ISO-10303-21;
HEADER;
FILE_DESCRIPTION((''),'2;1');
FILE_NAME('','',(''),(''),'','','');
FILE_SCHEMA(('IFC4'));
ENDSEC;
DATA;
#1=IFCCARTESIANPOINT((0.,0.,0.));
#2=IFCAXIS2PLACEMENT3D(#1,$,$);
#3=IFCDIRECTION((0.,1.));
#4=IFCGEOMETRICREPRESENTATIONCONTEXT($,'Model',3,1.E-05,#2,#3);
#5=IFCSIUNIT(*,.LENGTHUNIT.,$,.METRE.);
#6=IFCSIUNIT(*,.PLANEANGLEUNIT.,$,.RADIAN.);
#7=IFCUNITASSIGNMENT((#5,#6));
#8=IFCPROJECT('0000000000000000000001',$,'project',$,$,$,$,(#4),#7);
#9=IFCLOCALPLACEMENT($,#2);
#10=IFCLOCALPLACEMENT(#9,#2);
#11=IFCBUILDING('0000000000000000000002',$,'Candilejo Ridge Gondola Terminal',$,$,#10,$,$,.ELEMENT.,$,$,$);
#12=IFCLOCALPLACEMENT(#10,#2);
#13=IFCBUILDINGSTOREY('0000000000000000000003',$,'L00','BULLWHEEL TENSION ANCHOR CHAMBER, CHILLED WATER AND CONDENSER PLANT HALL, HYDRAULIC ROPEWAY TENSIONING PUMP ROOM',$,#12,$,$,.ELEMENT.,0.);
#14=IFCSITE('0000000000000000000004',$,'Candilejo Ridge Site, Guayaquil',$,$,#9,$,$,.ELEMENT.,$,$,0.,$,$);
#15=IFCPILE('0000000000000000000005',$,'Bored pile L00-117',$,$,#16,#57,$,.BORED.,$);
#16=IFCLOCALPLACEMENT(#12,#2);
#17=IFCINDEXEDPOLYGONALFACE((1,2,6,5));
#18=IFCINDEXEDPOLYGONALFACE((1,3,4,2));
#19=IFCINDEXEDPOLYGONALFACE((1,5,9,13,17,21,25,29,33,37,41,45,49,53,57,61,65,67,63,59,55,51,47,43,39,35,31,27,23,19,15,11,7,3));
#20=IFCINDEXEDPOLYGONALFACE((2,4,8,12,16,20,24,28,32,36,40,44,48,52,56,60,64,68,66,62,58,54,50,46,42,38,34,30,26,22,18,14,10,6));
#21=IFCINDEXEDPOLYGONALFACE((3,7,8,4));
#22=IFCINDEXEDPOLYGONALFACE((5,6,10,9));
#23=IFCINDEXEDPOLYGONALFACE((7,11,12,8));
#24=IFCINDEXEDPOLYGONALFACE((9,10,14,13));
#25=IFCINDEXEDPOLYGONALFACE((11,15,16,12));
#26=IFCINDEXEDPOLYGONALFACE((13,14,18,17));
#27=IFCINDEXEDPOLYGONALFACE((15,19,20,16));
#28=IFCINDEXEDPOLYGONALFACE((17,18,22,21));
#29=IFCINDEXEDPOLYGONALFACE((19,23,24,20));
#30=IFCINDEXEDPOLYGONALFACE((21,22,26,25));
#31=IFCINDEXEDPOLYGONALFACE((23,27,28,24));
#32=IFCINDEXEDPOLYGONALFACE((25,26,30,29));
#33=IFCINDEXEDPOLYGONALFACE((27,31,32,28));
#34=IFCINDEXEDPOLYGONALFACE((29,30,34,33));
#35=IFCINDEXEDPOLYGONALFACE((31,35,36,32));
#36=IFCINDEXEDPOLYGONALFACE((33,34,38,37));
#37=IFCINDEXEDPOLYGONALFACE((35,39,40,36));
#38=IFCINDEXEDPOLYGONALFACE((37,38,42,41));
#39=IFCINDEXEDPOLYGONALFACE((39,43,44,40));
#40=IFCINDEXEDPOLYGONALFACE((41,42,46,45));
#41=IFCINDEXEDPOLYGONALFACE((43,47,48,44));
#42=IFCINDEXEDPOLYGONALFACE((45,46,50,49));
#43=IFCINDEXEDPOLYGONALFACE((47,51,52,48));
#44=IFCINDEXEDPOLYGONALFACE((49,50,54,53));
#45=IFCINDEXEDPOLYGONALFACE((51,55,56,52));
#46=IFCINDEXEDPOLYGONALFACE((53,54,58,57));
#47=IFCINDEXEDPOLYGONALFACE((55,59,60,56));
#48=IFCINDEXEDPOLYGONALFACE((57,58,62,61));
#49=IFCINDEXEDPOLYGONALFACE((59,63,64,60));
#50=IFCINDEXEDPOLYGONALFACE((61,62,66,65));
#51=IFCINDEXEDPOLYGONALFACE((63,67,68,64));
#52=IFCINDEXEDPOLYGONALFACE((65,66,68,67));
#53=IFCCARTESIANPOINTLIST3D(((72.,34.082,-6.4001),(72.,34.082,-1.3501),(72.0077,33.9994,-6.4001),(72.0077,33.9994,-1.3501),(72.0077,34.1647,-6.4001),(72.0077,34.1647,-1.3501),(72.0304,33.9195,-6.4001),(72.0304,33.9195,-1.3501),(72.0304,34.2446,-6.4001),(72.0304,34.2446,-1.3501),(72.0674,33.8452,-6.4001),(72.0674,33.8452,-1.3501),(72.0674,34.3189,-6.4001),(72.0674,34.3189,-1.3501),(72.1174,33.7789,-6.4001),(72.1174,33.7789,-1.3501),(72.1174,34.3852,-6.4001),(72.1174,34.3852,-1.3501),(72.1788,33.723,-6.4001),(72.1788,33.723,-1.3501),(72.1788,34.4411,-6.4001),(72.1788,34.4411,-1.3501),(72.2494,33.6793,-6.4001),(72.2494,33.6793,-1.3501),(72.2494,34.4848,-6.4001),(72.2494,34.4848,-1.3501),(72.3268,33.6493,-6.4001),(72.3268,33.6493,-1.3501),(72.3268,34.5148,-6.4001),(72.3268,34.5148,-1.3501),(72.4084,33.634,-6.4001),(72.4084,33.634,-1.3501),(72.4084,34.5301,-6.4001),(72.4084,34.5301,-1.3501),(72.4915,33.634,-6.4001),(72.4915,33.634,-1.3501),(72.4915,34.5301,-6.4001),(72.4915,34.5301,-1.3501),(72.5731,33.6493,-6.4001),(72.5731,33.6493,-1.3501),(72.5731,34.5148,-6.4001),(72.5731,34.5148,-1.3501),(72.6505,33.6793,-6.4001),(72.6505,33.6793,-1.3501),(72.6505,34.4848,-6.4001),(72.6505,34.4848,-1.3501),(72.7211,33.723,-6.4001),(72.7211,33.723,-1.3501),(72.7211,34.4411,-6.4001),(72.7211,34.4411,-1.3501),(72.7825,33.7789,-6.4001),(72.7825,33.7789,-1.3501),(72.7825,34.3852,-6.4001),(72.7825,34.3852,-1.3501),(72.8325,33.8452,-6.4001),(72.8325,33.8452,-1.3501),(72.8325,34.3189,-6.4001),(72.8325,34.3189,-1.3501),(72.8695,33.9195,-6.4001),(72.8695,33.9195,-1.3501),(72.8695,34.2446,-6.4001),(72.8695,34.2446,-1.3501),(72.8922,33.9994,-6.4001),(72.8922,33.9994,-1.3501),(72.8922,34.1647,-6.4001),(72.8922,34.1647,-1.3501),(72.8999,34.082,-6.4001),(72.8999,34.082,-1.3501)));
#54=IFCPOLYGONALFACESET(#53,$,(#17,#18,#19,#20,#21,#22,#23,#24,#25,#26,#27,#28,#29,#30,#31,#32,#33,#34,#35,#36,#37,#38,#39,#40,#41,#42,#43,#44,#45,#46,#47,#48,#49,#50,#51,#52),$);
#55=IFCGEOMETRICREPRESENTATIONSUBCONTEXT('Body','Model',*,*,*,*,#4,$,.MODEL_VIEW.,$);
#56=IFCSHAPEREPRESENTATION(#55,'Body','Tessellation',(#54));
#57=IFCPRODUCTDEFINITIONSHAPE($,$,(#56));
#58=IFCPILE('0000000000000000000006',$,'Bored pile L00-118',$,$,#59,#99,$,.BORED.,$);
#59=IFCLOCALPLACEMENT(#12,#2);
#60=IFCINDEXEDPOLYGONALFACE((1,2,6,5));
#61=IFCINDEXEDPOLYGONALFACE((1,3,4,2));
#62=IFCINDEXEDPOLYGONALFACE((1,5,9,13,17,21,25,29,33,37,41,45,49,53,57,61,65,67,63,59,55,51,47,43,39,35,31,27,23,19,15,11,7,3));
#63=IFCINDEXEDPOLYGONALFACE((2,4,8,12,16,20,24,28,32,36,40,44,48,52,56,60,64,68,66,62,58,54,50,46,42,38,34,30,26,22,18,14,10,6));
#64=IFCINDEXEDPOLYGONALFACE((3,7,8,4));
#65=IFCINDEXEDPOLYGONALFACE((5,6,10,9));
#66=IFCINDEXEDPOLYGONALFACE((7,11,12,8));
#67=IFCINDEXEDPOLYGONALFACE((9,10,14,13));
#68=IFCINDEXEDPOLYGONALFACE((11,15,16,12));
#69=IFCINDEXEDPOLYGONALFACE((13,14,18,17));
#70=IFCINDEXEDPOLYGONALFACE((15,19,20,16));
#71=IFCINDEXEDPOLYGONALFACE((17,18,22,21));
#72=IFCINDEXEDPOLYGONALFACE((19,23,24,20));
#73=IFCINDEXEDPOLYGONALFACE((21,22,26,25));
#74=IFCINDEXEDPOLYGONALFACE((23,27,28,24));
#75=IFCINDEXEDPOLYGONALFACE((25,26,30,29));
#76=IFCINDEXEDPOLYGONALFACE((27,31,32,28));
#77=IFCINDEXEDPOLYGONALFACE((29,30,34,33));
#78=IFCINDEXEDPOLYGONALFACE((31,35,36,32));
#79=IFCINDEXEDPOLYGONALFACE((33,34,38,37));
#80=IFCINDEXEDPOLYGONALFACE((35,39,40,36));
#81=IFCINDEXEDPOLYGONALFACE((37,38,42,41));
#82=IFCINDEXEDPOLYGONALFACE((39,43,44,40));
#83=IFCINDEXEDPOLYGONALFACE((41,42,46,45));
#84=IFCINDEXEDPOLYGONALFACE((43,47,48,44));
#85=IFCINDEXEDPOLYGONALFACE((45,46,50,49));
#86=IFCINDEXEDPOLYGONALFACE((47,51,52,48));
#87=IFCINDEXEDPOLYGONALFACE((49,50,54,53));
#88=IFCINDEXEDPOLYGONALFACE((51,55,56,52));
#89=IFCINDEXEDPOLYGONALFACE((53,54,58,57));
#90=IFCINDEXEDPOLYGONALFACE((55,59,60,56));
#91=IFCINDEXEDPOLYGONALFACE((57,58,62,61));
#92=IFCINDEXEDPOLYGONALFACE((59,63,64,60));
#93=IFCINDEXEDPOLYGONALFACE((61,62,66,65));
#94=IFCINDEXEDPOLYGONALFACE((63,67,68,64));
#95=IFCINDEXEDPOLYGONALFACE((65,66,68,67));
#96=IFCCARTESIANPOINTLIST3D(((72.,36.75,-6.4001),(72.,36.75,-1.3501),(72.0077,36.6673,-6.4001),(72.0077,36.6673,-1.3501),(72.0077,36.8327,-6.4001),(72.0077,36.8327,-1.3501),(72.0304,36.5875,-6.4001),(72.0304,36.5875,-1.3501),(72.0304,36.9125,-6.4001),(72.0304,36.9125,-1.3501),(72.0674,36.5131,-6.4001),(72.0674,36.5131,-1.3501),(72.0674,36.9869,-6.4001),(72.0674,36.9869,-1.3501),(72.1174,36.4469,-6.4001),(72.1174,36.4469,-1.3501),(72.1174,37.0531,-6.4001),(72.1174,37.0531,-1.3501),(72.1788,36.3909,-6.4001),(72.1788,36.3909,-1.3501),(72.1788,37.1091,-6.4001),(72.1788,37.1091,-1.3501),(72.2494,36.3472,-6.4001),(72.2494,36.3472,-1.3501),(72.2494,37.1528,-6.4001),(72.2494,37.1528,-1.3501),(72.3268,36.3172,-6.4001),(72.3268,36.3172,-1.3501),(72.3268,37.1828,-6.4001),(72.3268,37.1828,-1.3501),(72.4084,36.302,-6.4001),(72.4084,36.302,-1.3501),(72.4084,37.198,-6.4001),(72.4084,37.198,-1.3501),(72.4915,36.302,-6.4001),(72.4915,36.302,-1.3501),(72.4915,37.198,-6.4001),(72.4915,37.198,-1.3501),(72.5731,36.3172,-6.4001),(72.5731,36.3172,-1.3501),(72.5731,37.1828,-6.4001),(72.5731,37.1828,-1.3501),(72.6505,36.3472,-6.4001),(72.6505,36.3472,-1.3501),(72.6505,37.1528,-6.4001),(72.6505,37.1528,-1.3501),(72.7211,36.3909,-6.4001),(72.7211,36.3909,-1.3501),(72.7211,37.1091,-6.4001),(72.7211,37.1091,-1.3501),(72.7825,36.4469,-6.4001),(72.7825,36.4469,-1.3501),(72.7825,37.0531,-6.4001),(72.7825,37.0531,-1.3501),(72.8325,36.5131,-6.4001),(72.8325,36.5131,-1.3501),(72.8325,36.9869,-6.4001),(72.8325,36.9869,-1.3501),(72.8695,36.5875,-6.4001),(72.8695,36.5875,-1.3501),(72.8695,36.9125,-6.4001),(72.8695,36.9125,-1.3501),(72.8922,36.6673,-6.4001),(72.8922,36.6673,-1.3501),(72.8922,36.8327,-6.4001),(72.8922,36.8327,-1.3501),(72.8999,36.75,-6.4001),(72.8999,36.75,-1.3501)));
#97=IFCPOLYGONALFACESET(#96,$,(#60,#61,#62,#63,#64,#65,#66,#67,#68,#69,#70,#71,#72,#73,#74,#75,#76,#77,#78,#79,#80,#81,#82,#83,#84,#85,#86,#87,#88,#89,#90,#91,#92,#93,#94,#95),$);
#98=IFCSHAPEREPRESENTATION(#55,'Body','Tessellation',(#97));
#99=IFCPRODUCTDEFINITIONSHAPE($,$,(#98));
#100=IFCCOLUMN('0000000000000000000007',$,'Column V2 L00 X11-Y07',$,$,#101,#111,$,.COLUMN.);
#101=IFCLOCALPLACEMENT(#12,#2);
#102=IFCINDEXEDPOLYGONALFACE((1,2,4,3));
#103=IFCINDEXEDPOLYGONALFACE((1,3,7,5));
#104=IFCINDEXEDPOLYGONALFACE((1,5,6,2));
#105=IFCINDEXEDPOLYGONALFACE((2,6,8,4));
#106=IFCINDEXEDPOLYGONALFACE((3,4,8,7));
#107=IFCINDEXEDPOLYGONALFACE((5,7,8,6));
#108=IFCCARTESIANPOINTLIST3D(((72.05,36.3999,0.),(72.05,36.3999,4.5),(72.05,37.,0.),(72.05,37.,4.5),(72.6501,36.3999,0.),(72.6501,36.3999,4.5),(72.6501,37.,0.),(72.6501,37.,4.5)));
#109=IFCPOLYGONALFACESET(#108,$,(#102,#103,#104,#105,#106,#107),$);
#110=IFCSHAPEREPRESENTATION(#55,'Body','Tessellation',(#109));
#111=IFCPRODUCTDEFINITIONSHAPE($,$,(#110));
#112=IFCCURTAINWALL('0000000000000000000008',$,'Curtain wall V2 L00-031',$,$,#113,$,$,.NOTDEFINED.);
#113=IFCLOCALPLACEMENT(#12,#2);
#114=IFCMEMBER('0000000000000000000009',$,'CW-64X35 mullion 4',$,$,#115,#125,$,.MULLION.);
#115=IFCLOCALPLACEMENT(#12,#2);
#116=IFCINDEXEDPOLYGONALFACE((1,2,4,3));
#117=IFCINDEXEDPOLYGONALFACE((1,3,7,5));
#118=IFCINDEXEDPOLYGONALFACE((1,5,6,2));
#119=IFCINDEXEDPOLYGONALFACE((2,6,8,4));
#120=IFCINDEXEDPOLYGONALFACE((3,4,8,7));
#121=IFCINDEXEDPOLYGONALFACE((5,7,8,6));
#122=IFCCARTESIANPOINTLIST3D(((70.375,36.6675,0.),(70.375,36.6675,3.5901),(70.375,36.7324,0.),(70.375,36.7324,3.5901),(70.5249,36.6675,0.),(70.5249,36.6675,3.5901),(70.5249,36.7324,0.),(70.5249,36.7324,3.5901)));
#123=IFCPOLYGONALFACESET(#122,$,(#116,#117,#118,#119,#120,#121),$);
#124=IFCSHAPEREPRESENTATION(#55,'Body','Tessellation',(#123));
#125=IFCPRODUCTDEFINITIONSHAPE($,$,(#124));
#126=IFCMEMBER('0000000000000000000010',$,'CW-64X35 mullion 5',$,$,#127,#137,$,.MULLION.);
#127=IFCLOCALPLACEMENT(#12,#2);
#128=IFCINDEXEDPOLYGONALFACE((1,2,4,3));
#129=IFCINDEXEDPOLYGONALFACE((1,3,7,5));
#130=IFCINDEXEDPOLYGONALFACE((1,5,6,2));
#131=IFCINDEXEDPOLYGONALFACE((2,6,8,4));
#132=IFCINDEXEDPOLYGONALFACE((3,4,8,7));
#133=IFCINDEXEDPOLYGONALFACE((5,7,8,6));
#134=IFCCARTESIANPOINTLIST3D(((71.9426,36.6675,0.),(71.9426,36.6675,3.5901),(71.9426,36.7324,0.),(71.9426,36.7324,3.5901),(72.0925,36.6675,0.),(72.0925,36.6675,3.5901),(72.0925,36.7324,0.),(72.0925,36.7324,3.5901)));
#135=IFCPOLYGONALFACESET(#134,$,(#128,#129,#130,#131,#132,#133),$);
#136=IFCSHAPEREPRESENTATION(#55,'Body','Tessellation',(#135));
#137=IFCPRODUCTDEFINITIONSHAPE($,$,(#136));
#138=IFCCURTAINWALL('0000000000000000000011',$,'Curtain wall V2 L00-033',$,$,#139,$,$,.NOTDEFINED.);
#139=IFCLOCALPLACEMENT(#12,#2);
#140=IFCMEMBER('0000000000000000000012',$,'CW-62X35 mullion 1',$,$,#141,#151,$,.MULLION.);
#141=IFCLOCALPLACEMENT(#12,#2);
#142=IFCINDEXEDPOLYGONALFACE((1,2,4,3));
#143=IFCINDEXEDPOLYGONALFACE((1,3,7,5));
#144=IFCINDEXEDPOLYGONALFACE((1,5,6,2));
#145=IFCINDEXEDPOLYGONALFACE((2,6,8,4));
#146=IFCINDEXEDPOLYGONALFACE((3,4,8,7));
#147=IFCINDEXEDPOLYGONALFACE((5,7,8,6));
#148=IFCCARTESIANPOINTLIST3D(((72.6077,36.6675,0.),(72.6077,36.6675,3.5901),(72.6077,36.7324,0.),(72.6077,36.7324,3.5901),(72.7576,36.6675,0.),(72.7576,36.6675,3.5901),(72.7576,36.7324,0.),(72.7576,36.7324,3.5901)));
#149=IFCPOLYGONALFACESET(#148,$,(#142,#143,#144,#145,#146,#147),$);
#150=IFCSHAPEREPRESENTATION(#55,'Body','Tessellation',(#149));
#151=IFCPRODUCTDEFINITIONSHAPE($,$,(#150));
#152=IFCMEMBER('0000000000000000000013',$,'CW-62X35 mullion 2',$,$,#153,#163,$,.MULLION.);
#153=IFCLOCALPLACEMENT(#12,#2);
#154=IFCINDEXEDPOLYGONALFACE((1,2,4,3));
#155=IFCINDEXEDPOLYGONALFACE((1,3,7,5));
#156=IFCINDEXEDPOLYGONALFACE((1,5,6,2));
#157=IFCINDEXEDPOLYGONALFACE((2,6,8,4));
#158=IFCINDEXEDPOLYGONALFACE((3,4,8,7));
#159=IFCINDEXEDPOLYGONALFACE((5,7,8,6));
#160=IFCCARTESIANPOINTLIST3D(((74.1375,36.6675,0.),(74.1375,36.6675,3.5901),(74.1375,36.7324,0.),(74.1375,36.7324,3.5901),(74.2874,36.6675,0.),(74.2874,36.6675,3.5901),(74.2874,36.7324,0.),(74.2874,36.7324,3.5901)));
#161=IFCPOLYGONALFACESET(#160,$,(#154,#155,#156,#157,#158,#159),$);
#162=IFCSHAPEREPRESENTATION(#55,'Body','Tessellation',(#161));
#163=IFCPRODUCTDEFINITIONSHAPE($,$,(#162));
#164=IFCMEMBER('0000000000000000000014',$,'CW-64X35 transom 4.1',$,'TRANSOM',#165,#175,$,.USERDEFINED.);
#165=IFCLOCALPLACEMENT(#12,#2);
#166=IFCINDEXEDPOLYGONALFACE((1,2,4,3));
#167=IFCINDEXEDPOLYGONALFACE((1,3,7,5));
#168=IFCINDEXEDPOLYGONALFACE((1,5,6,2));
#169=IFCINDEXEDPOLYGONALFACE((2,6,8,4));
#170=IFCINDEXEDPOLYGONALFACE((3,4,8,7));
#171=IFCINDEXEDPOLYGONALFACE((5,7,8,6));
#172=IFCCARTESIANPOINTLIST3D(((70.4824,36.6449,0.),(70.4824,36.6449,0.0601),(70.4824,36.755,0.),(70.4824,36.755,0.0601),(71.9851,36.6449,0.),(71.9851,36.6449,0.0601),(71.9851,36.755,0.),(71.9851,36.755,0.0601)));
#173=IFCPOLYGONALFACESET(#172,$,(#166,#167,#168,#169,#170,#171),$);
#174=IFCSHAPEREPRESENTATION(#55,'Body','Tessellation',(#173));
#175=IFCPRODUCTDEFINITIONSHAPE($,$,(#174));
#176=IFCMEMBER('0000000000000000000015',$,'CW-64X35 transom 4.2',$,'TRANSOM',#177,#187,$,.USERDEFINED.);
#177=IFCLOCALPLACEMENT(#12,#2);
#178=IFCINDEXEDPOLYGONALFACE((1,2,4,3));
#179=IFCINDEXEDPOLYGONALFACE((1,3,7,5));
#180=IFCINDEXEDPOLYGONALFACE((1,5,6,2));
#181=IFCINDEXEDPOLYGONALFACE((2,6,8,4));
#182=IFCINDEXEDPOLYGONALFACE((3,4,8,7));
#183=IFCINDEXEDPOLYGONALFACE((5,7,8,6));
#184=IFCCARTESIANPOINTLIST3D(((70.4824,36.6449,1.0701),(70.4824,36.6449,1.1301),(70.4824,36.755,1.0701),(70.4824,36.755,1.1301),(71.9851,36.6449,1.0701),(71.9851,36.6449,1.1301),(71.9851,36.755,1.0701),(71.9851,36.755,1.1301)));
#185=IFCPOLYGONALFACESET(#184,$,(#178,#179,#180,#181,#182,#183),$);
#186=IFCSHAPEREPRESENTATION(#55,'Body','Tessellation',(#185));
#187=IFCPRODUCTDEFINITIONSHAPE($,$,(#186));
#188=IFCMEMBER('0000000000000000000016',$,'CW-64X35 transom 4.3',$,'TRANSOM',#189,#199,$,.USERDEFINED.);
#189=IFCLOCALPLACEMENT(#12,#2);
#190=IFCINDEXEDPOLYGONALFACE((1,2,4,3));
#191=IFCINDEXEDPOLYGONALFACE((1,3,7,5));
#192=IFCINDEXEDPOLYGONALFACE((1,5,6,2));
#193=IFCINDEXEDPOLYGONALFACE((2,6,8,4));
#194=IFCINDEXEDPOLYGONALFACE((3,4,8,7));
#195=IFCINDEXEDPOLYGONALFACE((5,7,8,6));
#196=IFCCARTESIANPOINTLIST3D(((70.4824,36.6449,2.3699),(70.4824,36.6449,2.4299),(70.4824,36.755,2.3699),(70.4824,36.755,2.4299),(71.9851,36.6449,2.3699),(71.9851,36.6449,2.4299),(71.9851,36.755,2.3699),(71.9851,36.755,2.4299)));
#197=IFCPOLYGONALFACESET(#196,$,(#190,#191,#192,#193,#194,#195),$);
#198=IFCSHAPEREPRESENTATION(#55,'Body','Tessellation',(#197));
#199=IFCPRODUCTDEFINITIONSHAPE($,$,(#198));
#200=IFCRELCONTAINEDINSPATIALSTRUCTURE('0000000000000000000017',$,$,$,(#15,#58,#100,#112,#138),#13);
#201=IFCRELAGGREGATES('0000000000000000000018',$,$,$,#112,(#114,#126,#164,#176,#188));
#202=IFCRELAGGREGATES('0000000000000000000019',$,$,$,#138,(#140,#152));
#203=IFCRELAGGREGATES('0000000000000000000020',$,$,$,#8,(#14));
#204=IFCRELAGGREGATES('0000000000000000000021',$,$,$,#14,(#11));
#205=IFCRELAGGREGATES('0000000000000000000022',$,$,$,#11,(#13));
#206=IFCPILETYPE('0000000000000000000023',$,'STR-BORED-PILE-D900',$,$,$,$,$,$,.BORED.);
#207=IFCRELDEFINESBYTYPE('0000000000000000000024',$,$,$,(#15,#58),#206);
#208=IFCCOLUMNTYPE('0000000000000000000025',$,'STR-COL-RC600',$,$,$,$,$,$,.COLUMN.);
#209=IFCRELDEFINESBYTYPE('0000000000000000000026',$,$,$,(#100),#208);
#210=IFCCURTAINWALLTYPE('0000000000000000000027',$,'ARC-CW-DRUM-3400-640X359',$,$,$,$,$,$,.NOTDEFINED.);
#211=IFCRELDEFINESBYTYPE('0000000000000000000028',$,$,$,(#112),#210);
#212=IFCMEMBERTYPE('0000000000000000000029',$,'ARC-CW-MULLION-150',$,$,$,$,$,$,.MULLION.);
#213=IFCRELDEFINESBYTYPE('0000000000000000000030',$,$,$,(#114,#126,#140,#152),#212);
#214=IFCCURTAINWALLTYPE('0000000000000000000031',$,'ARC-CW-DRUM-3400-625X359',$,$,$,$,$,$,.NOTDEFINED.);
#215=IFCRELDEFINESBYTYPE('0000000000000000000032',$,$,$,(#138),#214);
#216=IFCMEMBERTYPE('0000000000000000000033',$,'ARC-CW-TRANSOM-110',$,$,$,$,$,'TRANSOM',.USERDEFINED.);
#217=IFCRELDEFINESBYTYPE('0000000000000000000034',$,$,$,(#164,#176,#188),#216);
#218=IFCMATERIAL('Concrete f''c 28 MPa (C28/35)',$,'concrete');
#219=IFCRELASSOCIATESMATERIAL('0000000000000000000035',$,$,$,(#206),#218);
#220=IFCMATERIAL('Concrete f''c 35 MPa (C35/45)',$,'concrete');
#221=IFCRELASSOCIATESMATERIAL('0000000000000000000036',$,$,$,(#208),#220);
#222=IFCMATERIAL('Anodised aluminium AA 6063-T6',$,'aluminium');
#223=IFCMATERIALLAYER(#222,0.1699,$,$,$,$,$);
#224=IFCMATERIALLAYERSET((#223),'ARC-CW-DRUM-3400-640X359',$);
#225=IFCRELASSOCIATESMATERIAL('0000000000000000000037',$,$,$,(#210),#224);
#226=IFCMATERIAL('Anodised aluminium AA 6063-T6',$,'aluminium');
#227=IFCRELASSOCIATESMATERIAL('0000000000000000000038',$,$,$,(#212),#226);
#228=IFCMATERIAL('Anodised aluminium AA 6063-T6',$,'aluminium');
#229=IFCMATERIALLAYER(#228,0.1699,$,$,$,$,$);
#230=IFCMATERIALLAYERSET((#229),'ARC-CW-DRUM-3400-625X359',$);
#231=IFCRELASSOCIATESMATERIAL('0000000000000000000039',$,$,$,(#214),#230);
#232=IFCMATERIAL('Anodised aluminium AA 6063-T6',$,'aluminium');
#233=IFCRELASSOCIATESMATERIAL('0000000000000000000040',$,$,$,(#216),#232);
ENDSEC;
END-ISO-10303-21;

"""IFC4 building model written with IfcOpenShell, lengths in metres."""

from ifc_helpers import new_model, si_unit, direction, frame, origin, origin_2d, place, context, subcontext, project, spatial, rectangle, circle, extrude, material, layer, layer_set, material_profile, profile_set, type_object, element, aggregate, save


model = new_model("IFC4")

# Units and contexts
model_context = context("Model", 3, precision=1e-05, world=origin(), true_north=direction((0.0, 1.0)))
body_context = subcontext(model_context, "Body", "Model", "MODEL_VIEW")
ifc_project = project(units=[si_unit("LENGTHUNIT", "METRE"), si_unit("PLANEANGLEUNIT", "RADIAN")], contexts=[model_context])

# Site, building, storey
site_placement = place(None, origin())
site = spatial("IfcSite", under=ifc_project, at=site_placement, Name="Candilejo Ridge Site, Guayaquil", CompositionType="ELEMENT", RefElevation=0.0)
building_placement = place(site_placement, origin())
building = spatial("IfcBuilding", under=site, at=building_placement, Name="Candilejo Ridge Gondola Terminal", CompositionType="ELEMENT")
storey_placement = place(building_placement, origin())
storey = spatial("IfcBuildingStorey", under=building, at=storey_placement, Name="L00", Description="BULLWHEEL TENSION ANCHOR CHAMBER, CHILLED WATER AND CONDENSER PLANT HALL, HYDRAULIC ROPEWAY TENSIONING PUMP ROOM", CompositionType="ELEMENT", Elevation=0.0)

# Piles
ifc_material_1 = material(Name="Concrete f'c 28 MPa (C28/35)", Category="concrete")
ifc_material_profile_1 = material_profile(ifc_material_1, circle(Radius=0.45, at=origin_2d()))
ifc_profile_set_1 = profile_set([ifc_material_profile_1], Name="Concrete f'c 28 MPa (C28/35)")
pile_type = type_object("IfcPileType", Name="STR-BORED-PILE-D900", PredefinedType="BORED", material=ifc_profile_set_1)
for number, where, z_axis, x_axis, name in (
    (1, (72.45, 34.082, -1.3501), (0.0, 0.0, -1.0), (1.0, 0.0, 0.0), "Bored pile L00-117"),
    (2, (72.45, 36.75, -1.3501), (0.0, 0.0, -1.0), (1.0, 0.0, 0.0), "Bored pile L00-118"),
):
    element("IfcPile", number, at=place(storey_placement, frame(where, z_axis=z_axis, x_axis=x_axis)), inside=storey, type_object=pile_type, Name=name, PredefinedType="BORED", context=body_context, shape_type="SweptSolid", body=[
        extrude(circle(Radius=0.45, at=origin_2d()), origin(), (0.0, 0.0, 1.0), 5.05),
    ])

# Column
ifc_material_2 = material(Name="Concrete f'c 35 MPa (C35/45)", Category="concrete")
ifc_material_profile_2 = material_profile(ifc_material_2, rectangle(XDim=0.6001, YDim=0.6001, at=origin_2d()))
ifc_profile_set_2 = profile_set([ifc_material_profile_2], Name="Concrete f'c 35 MPa (C35/45)")
column_type = type_object("IfcColumnType", Name="STR-COL-RC600", PredefinedType="COLUMN", material=ifc_profile_set_2)
column_placement = place(storey_placement, frame((72.3501, 36.7, 0.0), z_axis=(0.0, 0.0, 1.0), x_axis=(1.0, 0.0, 0.0)))
element("IfcColumn", 3, at=column_placement, inside=storey, type_object=column_type, Name="Column V2 L00 X11-Y07", PredefinedType="COLUMN", context=body_context, shape_type="SweptSolid", body=[
    extrude(rectangle(XDim=0.6001, YDim=0.6001, at=origin_2d()), origin(), (0.0, 0.0, 1.0), 4.5),
])

# Curtain walls, members
ifc_material_3 = material(Name="Anodised aluminium AA 6063-T6", Category="aluminium")
ifc_layer_1 = layer(ifc_material_3, 0.1699)
ifc_layer_set_1 = layer_set([ifc_layer_1], Name="ARC-CW-DRUM-3400-640X359")
curtain_wall_type_1 = type_object("IfcCurtainWallType", Name="ARC-CW-DRUM-3400-640X359", PredefinedType="NOTDEFINED", material=ifc_layer_set_1)
curtain_wall_1_placement = place(storey_placement, origin())
curtain_wall_1 = element("IfcCurtainWall", 4, at=curtain_wall_1_placement, inside=storey, type_object=curtain_wall_type_1, Name="Curtain wall V2 L00-031", PredefinedType="NOTDEFINED")
ifc_material_4 = material(Name="Anodised aluminium AA 6063-T6", Category="aluminium")
ifc_material_profile_3 = material_profile(ifc_material_4, rectangle(XDim=0.0649, YDim=0.1499, at=origin_2d()))
ifc_profile_set_3 = profile_set([ifc_material_profile_3], Name="Anodised aluminium AA 6063-T6")
member_type_1 = type_object("IfcMemberType", Name="ARC-CW-MULLION-150", PredefinedType="MULLION", material=ifc_profile_set_3)
member_1_placement = place(storey_placement, frame((70.45, 36.7, 0.0), z_axis=(0.0, 0.0, 1.0), x_axis=(0.0, 1.0, 0.0)))
member_1 = element("IfcMember", 5, at=member_1_placement, type_object=member_type_1, Name="CW-64X35 mullion 4", PredefinedType="MULLION", context=body_context, shape_type="SweptSolid", body=[
    extrude(rectangle(XDim=0.0649, YDim=0.1499, at=origin_2d()), origin(), (0.0, 0.0, 1.0), 3.5901),
])
member_2_placement = place(storey_placement, frame((72.0176, 36.7, 0.0), z_axis=(0.0, 0.0, 1.0), x_axis=(0.0, 1.0, 0.0)))
member_2 = element("IfcMember", 6, at=member_2_placement, type_object=member_type_1, Name="CW-64X35 mullion 5", PredefinedType="MULLION", context=body_context, shape_type="SweptSolid", body=[
    extrude(rectangle(XDim=0.0649, YDim=0.1499, at=origin_2d()), origin(), (0.0, 0.0, 1.0), 3.5901),
])
ifc_material_5 = material(Name="Anodised aluminium AA 6063-T6", Category="aluminium")
ifc_layer_2 = layer(ifc_material_5, 0.1699)
ifc_layer_set_2 = layer_set([ifc_layer_2], Name="ARC-CW-DRUM-3400-625X359")
curtain_wall_type_2 = type_object("IfcCurtainWallType", Name="ARC-CW-DRUM-3400-625X359", PredefinedType="NOTDEFINED", material=ifc_layer_set_2)
curtain_wall_2_placement = place(storey_placement, origin())
curtain_wall_2 = element("IfcCurtainWall", 7, at=curtain_wall_2_placement, inside=storey, type_object=curtain_wall_type_2, Name="Curtain wall V2 L00-033", PredefinedType="NOTDEFINED")
member_3_placement = place(storey_placement, frame((72.6826, 36.7, 0.0), z_axis=(0.0, 0.0, 1.0), x_axis=(0.0, 1.0, 0.0)))
member_3 = element("IfcMember", 8, at=member_3_placement, type_object=member_type_1, Name="CW-62X35 mullion 1", PredefinedType="MULLION", context=body_context, shape_type="SweptSolid", body=[
    extrude(rectangle(XDim=0.0649, YDim=0.1499, at=origin_2d()), origin(), (0.0, 0.0, 1.0), 3.5901),
])
member_4_placement = place(storey_placement, frame((74.2124, 36.7, 0.0), z_axis=(0.0, 0.0, 1.0), x_axis=(0.0, 1.0, 0.0)))
member_4 = element("IfcMember", 9, at=member_4_placement, type_object=member_type_1, Name="CW-62X35 mullion 2", PredefinedType="MULLION", context=body_context, shape_type="SweptSolid", body=[
    extrude(rectangle(XDim=0.0649, YDim=0.1499, at=origin_2d()), origin(), (0.0, 0.0, 1.0), 3.5901),
])

# Members
ifc_material_6 = material(Name="Anodised aluminium AA 6063-T6", Category="aluminium")
ifc_material_profile_4 = material_profile(ifc_material_6, rectangle(XDim=0.1101, YDim=0.0601, at=origin_2d()))
ifc_profile_set_4 = profile_set([ifc_material_profile_4], Name="Anodised aluminium AA 6063-T6")
member_type_2 = type_object("IfcMemberType", Name="ARC-CW-TRANSOM-110", ElementType="TRANSOM", PredefinedType="USERDEFINED", material=ifc_profile_set_4)
member_5_placement = place(storey_placement, frame((70.4824, 36.7, 0.03), z_axis=(1.0, 0.0, 0.0), x_axis=(0.0, 1.0, 0.0)))
member_5 = element("IfcMember", 10, at=member_5_placement, type_object=member_type_2, Name="CW-64X35 transom 4.1", ObjectType="TRANSOM", PredefinedType="USERDEFINED", context=body_context, shape_type="SweptSolid", body=[
    extrude(rectangle(XDim=0.1101, YDim=0.0601, at=origin_2d()), origin(), (0.0, 0.0, 1.0), 1.5027),
])
member_6_placement = place(storey_placement, frame((70.4824, 36.7, 1.1001), z_axis=(1.0, 0.0, 0.0), x_axis=(0.0, 1.0, 0.0)))
member_6 = element("IfcMember", 11, at=member_6_placement, type_object=member_type_2, Name="CW-64X35 transom 4.2", ObjectType="TRANSOM", PredefinedType="USERDEFINED", context=body_context, shape_type="SweptSolid", body=[
    extrude(rectangle(XDim=0.1101, YDim=0.0601, at=origin_2d()), origin(), (0.0, 0.0, 1.0), 1.5027),
])
member_7_placement = place(storey_placement, frame((70.4824, 36.7, 2.3999), z_axis=(1.0, 0.0, 0.0), x_axis=(0.0, 1.0, 0.0)))
member_7 = element("IfcMember", 12, at=member_7_placement, type_object=member_type_2, Name="CW-64X35 transom 4.3", ObjectType="TRANSOM", PredefinedType="USERDEFINED", context=body_context, shape_type="SweptSolid", body=[
    extrude(rectangle(XDim=0.1101, YDim=0.0601, at=origin_2d()), origin(), (0.0, 0.0, 1.0), 1.5027),
])

aggregate(curtain_wall_1, [member_1, member_2, member_5, member_6, member_7])
aggregate(curtain_wall_2, [member_3, member_4])

save(model, "model.ifc")
